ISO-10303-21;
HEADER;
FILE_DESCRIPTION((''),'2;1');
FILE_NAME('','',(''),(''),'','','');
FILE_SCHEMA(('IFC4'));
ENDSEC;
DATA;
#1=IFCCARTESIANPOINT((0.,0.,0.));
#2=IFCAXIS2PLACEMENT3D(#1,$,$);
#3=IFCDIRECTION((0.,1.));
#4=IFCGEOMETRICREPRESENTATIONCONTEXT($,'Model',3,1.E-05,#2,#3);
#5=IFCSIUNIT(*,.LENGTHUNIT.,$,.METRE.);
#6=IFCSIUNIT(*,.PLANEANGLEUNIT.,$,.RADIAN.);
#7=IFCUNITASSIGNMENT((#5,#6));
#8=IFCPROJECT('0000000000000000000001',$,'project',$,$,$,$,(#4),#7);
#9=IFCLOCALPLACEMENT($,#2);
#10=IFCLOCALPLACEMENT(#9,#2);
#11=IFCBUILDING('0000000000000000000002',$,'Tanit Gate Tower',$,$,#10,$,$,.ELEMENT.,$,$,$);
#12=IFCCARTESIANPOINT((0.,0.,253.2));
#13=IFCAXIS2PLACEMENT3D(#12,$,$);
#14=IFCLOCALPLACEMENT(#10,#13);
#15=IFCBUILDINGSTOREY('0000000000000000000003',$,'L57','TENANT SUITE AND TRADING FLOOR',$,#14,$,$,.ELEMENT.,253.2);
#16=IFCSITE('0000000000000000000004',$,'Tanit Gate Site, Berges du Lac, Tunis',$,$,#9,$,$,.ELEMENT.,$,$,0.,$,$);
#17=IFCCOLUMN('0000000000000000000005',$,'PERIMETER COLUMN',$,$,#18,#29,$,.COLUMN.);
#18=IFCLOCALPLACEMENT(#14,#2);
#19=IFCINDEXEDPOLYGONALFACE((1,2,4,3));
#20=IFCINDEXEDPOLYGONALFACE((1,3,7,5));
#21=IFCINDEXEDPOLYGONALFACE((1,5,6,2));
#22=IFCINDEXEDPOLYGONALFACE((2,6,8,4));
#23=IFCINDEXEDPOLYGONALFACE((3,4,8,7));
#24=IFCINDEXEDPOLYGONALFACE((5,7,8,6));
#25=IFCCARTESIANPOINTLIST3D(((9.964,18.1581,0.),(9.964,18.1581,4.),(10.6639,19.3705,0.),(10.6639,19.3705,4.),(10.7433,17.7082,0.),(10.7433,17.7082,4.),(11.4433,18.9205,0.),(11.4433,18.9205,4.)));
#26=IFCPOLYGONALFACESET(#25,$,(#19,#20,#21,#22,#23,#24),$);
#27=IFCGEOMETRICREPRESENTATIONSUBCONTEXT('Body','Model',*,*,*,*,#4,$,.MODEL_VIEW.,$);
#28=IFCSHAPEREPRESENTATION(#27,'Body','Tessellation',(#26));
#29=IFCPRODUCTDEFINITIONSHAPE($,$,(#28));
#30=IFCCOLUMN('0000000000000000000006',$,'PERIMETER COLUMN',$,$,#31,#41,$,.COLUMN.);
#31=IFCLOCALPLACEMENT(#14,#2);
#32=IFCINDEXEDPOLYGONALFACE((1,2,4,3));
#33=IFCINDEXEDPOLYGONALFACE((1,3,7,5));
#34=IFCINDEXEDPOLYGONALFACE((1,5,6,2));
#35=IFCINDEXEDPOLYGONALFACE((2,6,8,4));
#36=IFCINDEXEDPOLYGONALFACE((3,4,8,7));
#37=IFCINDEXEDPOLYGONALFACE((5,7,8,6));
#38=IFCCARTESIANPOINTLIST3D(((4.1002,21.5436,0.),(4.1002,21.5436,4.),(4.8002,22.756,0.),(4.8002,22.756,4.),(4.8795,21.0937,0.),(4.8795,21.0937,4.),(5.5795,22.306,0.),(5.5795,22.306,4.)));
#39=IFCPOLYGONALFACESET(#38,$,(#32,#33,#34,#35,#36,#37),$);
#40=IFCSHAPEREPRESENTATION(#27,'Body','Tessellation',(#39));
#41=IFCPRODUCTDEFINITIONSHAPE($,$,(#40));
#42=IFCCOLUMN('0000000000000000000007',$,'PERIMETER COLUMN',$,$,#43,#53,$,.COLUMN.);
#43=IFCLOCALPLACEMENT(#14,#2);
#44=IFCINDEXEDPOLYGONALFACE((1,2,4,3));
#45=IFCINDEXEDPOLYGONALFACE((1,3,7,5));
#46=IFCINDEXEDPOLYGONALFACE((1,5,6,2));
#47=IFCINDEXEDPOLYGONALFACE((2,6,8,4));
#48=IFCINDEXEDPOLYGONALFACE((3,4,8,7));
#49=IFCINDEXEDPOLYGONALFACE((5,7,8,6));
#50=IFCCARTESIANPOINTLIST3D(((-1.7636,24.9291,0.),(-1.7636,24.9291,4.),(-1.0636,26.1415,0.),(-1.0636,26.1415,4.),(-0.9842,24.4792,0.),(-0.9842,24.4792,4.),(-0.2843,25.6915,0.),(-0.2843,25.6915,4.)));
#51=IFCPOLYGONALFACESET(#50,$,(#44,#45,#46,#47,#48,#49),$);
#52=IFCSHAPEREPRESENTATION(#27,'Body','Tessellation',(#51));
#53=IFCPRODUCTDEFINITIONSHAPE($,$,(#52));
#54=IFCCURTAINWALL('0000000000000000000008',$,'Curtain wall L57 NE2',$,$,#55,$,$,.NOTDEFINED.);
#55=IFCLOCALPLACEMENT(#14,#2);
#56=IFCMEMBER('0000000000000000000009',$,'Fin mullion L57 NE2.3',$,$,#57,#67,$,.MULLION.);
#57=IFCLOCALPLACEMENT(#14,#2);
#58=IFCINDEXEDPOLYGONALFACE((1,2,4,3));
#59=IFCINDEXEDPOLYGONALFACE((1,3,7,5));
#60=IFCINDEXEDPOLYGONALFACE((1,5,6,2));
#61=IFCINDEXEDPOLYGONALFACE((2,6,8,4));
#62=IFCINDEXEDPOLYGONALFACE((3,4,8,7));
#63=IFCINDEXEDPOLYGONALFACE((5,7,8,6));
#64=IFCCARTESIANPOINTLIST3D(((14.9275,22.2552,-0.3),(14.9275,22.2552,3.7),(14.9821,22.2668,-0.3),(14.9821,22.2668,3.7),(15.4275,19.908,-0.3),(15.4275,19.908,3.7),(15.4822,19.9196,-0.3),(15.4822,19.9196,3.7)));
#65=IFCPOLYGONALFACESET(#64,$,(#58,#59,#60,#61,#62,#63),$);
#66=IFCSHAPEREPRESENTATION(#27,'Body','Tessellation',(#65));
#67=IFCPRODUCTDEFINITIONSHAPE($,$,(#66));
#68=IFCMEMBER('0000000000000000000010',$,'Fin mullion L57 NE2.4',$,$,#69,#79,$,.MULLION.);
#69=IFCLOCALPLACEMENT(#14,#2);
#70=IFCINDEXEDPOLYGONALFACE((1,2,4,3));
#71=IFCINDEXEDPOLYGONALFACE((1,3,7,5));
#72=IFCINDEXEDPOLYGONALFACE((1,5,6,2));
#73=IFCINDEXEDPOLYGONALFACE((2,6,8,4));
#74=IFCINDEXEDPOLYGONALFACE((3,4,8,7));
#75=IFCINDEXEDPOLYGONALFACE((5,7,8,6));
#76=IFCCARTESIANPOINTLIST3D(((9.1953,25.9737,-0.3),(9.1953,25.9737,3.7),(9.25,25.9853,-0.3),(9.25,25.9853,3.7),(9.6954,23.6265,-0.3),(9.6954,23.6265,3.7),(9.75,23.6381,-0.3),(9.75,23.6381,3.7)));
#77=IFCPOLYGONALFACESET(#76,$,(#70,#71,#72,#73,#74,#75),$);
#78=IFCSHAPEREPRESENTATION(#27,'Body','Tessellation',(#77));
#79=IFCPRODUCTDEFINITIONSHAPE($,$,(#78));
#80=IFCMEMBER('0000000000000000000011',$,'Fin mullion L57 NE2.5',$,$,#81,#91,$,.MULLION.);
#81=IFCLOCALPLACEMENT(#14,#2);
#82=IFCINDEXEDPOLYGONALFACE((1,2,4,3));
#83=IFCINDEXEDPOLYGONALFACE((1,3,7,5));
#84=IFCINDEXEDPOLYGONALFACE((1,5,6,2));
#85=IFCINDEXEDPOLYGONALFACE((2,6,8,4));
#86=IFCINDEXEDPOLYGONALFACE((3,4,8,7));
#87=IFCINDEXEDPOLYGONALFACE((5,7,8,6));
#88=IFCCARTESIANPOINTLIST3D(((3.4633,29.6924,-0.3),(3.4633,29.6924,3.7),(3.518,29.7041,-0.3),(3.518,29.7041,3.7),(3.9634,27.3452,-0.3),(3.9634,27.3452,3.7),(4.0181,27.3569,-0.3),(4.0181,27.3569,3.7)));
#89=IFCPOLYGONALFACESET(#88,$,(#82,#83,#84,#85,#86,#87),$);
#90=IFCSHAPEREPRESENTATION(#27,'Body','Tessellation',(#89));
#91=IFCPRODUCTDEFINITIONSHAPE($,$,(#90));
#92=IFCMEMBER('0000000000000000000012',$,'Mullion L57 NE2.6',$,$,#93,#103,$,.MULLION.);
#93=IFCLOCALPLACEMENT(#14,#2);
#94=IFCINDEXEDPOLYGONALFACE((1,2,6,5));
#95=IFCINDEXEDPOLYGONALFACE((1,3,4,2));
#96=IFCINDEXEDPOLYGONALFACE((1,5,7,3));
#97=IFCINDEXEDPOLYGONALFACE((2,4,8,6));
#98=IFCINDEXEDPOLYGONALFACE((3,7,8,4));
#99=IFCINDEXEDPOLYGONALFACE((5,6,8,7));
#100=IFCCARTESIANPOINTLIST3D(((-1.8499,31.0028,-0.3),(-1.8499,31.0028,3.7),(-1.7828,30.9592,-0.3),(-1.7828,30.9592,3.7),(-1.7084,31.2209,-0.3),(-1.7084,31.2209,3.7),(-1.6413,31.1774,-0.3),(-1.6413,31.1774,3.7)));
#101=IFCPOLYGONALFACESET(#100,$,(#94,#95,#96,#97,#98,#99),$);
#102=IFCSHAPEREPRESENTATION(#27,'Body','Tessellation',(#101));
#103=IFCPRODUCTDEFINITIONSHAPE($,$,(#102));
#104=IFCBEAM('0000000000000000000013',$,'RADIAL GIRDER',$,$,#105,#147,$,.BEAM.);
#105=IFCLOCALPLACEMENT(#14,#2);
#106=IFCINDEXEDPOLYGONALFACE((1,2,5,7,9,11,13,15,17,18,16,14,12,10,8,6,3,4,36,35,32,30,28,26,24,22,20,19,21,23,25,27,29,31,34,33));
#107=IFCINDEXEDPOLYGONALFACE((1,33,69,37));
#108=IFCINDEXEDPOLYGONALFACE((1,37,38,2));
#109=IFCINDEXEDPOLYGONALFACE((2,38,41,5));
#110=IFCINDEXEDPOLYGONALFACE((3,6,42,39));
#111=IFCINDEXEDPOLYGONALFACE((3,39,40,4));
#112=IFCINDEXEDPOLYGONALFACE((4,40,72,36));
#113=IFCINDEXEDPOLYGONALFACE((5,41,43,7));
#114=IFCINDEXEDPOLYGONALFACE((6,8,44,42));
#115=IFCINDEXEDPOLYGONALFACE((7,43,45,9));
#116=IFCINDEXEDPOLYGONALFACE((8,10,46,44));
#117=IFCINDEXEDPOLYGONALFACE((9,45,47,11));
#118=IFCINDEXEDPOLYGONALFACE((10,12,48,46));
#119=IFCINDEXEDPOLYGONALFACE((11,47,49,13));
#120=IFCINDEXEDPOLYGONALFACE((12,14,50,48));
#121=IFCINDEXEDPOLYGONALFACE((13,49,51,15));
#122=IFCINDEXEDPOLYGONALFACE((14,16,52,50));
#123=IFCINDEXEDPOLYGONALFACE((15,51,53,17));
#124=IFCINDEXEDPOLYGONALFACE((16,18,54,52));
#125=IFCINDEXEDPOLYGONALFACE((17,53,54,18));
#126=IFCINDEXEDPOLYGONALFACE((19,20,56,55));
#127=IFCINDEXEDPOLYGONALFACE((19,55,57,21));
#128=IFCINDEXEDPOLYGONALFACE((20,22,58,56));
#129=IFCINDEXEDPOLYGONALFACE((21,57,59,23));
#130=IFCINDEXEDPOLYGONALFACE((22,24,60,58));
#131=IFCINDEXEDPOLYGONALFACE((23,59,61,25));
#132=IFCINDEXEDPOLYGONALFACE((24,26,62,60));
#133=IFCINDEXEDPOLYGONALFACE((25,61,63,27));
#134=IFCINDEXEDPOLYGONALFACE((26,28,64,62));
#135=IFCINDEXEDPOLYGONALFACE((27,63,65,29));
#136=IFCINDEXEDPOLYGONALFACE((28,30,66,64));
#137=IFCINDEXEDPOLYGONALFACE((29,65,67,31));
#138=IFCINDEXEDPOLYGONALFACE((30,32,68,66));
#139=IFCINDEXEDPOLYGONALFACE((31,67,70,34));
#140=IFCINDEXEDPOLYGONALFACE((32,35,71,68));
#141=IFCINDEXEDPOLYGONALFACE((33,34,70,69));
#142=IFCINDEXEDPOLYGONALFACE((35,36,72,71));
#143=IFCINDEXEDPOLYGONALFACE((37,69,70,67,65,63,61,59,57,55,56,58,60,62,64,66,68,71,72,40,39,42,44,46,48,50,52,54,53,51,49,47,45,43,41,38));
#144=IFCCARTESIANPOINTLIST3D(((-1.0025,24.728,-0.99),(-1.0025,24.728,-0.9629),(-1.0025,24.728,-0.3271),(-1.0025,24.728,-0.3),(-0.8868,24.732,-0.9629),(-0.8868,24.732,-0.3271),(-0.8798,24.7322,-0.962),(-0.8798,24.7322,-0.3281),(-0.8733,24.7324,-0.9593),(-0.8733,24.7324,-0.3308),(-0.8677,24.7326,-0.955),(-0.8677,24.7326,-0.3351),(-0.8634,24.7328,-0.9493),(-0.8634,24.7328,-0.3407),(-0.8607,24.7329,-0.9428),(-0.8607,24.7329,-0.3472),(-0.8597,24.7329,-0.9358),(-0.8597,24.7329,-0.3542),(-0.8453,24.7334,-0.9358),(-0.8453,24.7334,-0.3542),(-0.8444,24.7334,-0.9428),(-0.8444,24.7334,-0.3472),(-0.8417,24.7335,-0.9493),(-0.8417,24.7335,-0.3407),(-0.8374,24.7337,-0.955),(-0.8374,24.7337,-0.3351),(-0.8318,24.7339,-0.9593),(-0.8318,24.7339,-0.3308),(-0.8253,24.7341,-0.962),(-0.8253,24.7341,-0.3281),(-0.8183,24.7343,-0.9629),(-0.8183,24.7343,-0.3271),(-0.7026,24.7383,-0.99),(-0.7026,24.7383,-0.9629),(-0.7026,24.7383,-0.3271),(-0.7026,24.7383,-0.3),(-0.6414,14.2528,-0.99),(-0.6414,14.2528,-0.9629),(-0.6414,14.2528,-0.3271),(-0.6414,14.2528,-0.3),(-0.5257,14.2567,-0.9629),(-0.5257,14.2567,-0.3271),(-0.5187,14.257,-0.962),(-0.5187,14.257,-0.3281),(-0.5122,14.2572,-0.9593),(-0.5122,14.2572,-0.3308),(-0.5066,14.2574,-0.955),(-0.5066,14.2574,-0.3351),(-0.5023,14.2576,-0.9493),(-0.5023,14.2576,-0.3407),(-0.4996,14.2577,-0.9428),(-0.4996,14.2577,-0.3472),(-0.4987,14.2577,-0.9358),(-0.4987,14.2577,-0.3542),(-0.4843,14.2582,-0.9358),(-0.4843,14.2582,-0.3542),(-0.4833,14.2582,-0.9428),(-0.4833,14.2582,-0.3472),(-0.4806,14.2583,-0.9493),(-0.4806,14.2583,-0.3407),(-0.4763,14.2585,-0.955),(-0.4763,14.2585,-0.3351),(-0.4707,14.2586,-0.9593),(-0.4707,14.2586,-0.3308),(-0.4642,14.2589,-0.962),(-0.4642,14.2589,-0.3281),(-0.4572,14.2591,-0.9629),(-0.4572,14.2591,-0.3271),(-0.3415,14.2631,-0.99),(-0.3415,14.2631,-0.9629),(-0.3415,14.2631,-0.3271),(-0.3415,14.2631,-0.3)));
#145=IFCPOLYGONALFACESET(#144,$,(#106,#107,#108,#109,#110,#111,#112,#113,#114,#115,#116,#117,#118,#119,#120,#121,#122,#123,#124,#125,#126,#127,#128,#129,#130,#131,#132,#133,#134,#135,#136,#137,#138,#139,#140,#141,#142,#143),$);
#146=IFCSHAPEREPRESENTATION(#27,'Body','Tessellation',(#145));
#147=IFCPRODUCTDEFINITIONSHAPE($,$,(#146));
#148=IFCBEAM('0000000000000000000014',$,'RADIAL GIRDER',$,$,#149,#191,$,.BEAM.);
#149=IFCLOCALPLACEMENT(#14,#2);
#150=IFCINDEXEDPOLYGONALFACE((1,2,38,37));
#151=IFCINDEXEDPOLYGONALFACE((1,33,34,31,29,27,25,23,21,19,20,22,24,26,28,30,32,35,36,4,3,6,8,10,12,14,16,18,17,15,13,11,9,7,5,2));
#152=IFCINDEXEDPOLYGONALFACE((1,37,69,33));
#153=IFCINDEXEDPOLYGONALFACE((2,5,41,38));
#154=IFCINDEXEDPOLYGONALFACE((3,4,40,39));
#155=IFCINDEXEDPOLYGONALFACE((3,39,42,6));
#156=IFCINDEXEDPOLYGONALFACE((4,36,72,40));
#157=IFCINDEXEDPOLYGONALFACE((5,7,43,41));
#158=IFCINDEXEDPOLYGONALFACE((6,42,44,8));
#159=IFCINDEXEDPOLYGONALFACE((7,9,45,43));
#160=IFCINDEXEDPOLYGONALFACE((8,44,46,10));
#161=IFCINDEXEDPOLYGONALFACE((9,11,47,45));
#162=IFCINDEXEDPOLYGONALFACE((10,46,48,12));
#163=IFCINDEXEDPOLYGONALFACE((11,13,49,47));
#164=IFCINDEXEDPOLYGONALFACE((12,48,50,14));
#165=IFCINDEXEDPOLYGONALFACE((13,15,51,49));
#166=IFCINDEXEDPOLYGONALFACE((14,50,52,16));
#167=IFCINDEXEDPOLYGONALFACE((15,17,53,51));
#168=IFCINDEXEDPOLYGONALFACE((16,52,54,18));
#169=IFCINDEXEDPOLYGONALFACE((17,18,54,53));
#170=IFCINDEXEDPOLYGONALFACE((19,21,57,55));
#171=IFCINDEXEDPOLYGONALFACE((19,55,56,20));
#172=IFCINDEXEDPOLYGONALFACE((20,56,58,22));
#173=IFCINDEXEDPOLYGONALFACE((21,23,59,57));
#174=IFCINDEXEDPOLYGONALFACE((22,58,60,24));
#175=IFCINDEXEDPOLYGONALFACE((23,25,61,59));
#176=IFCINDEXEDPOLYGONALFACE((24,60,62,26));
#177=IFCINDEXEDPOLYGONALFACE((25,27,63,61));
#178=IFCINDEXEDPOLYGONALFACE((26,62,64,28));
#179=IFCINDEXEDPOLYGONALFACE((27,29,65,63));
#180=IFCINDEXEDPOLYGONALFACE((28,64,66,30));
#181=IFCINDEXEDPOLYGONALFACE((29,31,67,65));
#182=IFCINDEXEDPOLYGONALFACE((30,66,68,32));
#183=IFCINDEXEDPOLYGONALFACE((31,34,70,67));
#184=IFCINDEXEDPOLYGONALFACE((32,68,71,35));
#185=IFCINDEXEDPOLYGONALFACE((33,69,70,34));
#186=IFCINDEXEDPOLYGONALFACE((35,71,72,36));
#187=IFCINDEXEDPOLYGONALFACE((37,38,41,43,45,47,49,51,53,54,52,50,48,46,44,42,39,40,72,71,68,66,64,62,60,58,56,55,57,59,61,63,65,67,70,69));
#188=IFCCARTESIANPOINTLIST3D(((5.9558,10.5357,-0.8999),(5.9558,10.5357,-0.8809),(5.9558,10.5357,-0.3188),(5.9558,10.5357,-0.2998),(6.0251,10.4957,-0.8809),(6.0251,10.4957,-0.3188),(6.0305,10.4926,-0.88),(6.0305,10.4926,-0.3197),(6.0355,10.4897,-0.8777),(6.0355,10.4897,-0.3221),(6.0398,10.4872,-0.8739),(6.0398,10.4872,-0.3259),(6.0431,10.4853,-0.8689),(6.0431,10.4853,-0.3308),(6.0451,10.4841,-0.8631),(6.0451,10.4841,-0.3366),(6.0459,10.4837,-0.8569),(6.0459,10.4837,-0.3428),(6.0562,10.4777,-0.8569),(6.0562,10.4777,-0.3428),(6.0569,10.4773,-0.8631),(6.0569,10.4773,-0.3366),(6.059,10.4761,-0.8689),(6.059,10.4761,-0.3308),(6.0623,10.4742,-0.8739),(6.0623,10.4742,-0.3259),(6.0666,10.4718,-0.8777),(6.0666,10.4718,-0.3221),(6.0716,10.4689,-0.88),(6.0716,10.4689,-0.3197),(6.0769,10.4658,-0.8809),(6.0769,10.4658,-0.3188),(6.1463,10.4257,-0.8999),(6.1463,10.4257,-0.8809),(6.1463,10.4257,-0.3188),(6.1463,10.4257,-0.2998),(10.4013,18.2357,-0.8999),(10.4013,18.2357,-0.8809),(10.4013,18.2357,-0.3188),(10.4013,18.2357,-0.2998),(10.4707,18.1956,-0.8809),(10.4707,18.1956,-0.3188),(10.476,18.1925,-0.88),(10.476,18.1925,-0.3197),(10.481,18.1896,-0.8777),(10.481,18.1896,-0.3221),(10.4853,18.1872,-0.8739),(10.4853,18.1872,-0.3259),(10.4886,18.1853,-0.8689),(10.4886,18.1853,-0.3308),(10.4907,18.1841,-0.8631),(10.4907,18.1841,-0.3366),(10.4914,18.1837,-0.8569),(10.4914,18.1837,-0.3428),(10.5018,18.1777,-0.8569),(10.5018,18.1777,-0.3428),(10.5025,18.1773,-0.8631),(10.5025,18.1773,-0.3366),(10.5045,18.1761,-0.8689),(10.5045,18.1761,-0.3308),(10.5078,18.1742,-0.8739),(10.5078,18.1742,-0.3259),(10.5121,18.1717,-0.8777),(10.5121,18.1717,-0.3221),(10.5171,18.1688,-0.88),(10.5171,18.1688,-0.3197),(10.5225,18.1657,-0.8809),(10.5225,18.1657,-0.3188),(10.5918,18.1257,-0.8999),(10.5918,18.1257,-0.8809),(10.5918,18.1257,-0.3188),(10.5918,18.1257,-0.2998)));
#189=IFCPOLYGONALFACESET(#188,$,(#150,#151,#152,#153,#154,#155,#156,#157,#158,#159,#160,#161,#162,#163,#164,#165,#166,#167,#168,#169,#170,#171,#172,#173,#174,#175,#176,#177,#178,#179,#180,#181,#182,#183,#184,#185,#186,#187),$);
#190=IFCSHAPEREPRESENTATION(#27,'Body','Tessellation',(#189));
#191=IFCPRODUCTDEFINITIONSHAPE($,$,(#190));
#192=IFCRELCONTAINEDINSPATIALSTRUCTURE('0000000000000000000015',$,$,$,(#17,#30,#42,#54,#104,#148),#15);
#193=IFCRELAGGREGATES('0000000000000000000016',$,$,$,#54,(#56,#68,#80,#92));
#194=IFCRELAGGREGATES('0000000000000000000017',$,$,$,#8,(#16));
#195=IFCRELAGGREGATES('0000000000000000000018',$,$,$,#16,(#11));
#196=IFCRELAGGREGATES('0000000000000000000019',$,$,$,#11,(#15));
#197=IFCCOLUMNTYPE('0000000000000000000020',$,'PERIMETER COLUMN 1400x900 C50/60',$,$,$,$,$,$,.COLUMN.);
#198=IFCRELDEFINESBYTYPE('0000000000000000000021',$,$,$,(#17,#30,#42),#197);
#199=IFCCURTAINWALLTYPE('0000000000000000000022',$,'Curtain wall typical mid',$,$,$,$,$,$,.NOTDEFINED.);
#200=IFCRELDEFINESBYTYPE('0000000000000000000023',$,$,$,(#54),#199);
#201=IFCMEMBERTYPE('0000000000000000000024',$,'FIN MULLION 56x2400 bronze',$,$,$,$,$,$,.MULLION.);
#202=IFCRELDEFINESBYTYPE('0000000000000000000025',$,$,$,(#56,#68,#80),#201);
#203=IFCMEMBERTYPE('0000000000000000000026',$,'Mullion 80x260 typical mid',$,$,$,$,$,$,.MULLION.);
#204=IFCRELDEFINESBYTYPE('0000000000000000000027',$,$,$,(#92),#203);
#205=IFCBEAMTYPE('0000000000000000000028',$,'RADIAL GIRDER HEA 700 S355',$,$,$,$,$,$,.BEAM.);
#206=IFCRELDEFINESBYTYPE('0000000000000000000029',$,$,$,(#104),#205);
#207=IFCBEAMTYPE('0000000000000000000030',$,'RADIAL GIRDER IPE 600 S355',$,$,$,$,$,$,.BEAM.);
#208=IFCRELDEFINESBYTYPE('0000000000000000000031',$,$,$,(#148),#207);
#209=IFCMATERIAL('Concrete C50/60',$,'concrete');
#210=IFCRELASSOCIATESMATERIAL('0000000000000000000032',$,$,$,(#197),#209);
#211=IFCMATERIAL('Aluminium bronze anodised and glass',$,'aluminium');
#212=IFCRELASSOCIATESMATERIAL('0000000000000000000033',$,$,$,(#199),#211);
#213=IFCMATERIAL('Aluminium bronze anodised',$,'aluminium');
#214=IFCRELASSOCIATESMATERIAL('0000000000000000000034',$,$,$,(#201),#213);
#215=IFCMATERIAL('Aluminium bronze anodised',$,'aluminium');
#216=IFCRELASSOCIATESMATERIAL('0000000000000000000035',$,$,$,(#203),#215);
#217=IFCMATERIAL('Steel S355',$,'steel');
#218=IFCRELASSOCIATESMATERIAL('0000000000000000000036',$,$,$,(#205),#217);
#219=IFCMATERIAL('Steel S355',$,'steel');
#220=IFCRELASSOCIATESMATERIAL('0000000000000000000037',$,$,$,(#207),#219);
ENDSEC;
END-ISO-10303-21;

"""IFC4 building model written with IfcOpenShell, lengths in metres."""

from ifc_helpers import new_model, si_unit, direction, frame, origin, origin_2d, place, context, subcontext, project, spatial, rectangle, i_section, extrude, material, material_profile, profile_set, type_object, element, aggregate, save


model = new_model("IFC4")

# Units and contexts
model_context = context("Model", 3, precision=1e-05, world=origin(), true_north=direction((0.0, 1.0)))
body_context = subcontext(model_context, "Body", "Model", "MODEL_VIEW")
ifc_project = project(units=[si_unit("LENGTHUNIT", "METRE"), si_unit("PLANEANGLEUNIT", "RADIAN")], contexts=[model_context])

# Site, building, storey
site_placement = place(None, origin())
site = spatial("IfcSite", under=ifc_project, at=site_placement, Name="Tanit Gate Site, Berges du Lac, Tunis", CompositionType="ELEMENT", RefElevation=0.0)
building_placement = place(site_placement, origin())
building = spatial("IfcBuilding", under=site, at=building_placement, Name="Tanit Gate Tower", CompositionType="ELEMENT")
storey_placement = place(building_placement, frame((0.0, 0.0, 253.2)))
storey = spatial("IfcBuildingStorey", under=building, at=storey_placement, Name="L57", Description="TENANT SUITE AND TRADING FLOOR", CompositionType="ELEMENT", Elevation=253.2)

# Columns
ifc_material_1 = material(Name="Concrete C50/60", Category="concrete")
ifc_material_profile_1 = material_profile(ifc_material_1, rectangle(XDim=1.3999, YDim=0.8999, at=origin_2d()), Name="RC 1400x900")
ifc_profile_set_1 = profile_set([ifc_material_profile_1], Name="Concrete C50/60")
column_type = type_object("IfcColumnType", Name="PERIMETER COLUMN 1400x900 C50/60", PredefinedType="COLUMN", material=ifc_profile_set_1)
for number, where, z_axis, x_axis, name in (
    (1, (10.7036, 18.5393, 0.0), (0.0, 0.0, 1.0), (0.5, 0.866025, 0.0), "PERIMETER COLUMN"),
    (2, (4.8398, 21.9248, 0.0), (0.0, 0.0, 1.0), (0.5, 0.866025, 0.0), "PERIMETER COLUMN"),
    (3, (-1.0239, 25.3103, 0.0), (0.0, 0.0, 1.0), (0.5, 0.866025, 0.0), "PERIMETER COLUMN"),
):
    element("IfcColumn", number, at=place(storey_placement, frame(where, z_axis=z_axis, x_axis=x_axis)), inside=storey, type_object=column_type, Name=name, PredefinedType="COLUMN", context=body_context, shape_type="SweptSolid", body=[
        extrude(rectangle(XDim=1.3999, YDim=0.8999, at=origin_2d()), origin(), (0.0, 0.0, 1.0), 4.0),
    ])

# Curtain wall, members
ifc_material_2 = material(Name="Aluminium bronze anodised and glass", Category="aluminium")
curtain_wall_type = type_object("IfcCurtainWallType", Name="Curtain wall typical mid", PredefinedType="NOTDEFINED", material=ifc_material_2)
curtain_wall_placement = place(storey_placement, origin())
curtain_wall = element("IfcCurtainWall", 4, at=curtain_wall_placement, inside=storey, type_object=curtain_wall_type, Name="Curtain wall L57 NE2", PredefinedType="NOTDEFINED")
ifc_material_3 = material(Name="Aluminium bronze anodised", Category="aluminium")
ifc_material_profile_2 = material_profile(ifc_material_3, rectangle(XDim=2.3999, YDim=0.0559, at=origin_2d()), Name="56x2400 bronze fin mullion")
ifc_profile_set_2 = profile_set([ifc_material_profile_2], Name="Aluminium bronze anodised")
member_type_1 = type_object("IfcMemberType", Name="FIN MULLION 56x2400 bronze", PredefinedType="MULLION", material=ifc_profile_set_2)
member_1_placement = place(storey_placement, frame((15.2048, 21.0874, -0.3), z_axis=(0.0, 0.0, 1.0), x_axis=(0.208373, -0.978049, 0.0)))
member_1 = element("IfcMember", 5, at=member_1_placement, type_object=member_type_1, Name="Fin mullion L57 NE2.3", PredefinedType="MULLION", context=body_context, shape_type="SweptSolid", body=[
    extrude(rectangle(XDim=2.3999, YDim=0.0559, at=origin_2d()), origin(), (0.0, 0.0, 1.0), 4.0),
])
member_2_placement = place(storey_placement, frame((9.4727, 24.8059, -0.3), z_axis=(0.0, 0.0, 1.0), x_axis=(0.208373, -0.978049, 0.0)))
member_2 = element("IfcMember", 6, at=member_2_placement, type_object=member_type_1, Name="Fin mullion L57 NE2.4", PredefinedType="MULLION", context=body_context, shape_type="SweptSolid", body=[
    extrude(rectangle(XDim=2.3999, YDim=0.0559, at=origin_2d()), origin(), (0.0, 0.0, 1.0), 4.0),
])
member_3_placement = place(storey_placement, frame((3.7407, 28.5247, -0.3), z_axis=(0.0, 0.0, 1.0), x_axis=(0.208373, -0.978049, 0.0)))
member_3 = element("IfcMember", 7, at=member_3_placement, type_object=member_type_1, Name="Fin mullion L57 NE2.5", PredefinedType="MULLION", context=body_context, shape_type="SweptSolid", body=[
    extrude(rectangle(XDim=2.3999, YDim=0.0559, at=origin_2d()), origin(), (0.0, 0.0, 1.0), 4.0),
])
ifc_material_4 = material(Name="Aluminium bronze anodised", Category="aluminium")
ifc_material_profile_3 = material_profile(ifc_material_4, rectangle(XDim=0.26, YDim=0.0801, at=origin_2d()), Name="80x260 bronze mullion")
ifc_profile_set_3 = profile_set([ifc_material_profile_3], Name="Aluminium bronze anodised")
member_type_2 = type_object("IfcMemberType", Name="Mullion 80x260 typical mid", PredefinedType="MULLION", material=ifc_profile_set_3)
member_4_placement = place(storey_placement, frame((-1.7456, 31.0901, -0.3), z_axis=(0.0, 0.0, 1.0), x_axis=(-0.544243, -0.838927, 0.0)))
member_4 = element("IfcMember", 8, at=member_4_placement, type_object=member_type_2, Name="Mullion L57 NE2.6", PredefinedType="MULLION", context=body_context, shape_type="SweptSolid", body=[
    extrude(rectangle(XDim=0.26, YDim=0.0801, at=origin_2d()), origin(), (0.0, 0.0, 1.0), 4.0),
])

# Beams
ifc_material_5 = material(Name="Steel S355", Category="steel")
ifc_material_profile_4 = material_profile(ifc_material_5, i_section(OverallWidth=0.3, OverallDepth=0.6899, WebThickness=0.0144, FlangeThickness=0.0271, FilletRadius=0.0271, at=origin_2d()), Name="HEA 700")
ifc_profile_set_4 = profile_set([ifc_material_profile_4], Name="Steel S355")
beam_type_1 = type_object("IfcBeamType", Name="RADIAL GIRDER HEA 700 S355", PredefinedType="BEAM", material=ifc_profile_set_4)
beam_1_placement = place(storey_placement, frame((-0.8525, 24.7332, -0.645), z_axis=(0.034449, -0.999406, 0.0), x_axis=(0.999406, 0.034449, 0.0)))
element("IfcBeam", 9, at=beam_1_placement, inside=storey, type_object=beam_type_1, Name="RADIAL GIRDER", PredefinedType="BEAM", context=body_context, shape_type="SweptSolid", body=[
    extrude(i_section(OverallWidth=0.3, OverallDepth=0.6899, WebThickness=0.0144, FlangeThickness=0.0271, FilletRadius=0.0271, at=origin_2d()), origin(), (0.0, 0.0, 1.0), 10.4814),
])
ifc_material_6 = material(Name="Steel S355", Category="steel")
ifc_material_profile_5 = material_profile(ifc_material_6, i_section(OverallWidth=0.22, OverallDepth=0.6001, WebThickness=0.012, FlangeThickness=0.019, FilletRadius=0.0239, at=origin_2d()), Name="IPE 600")
ifc_profile_set_5 = profile_set([ifc_material_profile_5], Name="Steel S355")
beam_type_2 = type_object("IfcBeamType", Name="RADIAL GIRDER IPE 600 S355", PredefinedType="BEAM", material=ifc_profile_set_5)
beam_2_placement = place(storey_placement, frame((10.4966, 18.1807, -0.5999), z_axis=(-0.499999, -0.866026, 0.0), x_axis=(0.866026, -0.499999, 0.0)))
element("IfcBeam", 10, at=beam_2_placement, inside=storey, type_object=beam_type_2, Name="RADIAL GIRDER", PredefinedType="BEAM", context=body_context, shape_type="SweptSolid", body=[
    extrude(i_section(OverallWidth=0.22, OverallDepth=0.6001, WebThickness=0.012, FlangeThickness=0.019, FilletRadius=0.0239, at=origin_2d()), origin(), (0.0, 0.0, 1.0), 8.8911),
])

aggregate(curtain_wall, [member_1, member_2, member_3, member_4])

save(model, "model.ifc")
